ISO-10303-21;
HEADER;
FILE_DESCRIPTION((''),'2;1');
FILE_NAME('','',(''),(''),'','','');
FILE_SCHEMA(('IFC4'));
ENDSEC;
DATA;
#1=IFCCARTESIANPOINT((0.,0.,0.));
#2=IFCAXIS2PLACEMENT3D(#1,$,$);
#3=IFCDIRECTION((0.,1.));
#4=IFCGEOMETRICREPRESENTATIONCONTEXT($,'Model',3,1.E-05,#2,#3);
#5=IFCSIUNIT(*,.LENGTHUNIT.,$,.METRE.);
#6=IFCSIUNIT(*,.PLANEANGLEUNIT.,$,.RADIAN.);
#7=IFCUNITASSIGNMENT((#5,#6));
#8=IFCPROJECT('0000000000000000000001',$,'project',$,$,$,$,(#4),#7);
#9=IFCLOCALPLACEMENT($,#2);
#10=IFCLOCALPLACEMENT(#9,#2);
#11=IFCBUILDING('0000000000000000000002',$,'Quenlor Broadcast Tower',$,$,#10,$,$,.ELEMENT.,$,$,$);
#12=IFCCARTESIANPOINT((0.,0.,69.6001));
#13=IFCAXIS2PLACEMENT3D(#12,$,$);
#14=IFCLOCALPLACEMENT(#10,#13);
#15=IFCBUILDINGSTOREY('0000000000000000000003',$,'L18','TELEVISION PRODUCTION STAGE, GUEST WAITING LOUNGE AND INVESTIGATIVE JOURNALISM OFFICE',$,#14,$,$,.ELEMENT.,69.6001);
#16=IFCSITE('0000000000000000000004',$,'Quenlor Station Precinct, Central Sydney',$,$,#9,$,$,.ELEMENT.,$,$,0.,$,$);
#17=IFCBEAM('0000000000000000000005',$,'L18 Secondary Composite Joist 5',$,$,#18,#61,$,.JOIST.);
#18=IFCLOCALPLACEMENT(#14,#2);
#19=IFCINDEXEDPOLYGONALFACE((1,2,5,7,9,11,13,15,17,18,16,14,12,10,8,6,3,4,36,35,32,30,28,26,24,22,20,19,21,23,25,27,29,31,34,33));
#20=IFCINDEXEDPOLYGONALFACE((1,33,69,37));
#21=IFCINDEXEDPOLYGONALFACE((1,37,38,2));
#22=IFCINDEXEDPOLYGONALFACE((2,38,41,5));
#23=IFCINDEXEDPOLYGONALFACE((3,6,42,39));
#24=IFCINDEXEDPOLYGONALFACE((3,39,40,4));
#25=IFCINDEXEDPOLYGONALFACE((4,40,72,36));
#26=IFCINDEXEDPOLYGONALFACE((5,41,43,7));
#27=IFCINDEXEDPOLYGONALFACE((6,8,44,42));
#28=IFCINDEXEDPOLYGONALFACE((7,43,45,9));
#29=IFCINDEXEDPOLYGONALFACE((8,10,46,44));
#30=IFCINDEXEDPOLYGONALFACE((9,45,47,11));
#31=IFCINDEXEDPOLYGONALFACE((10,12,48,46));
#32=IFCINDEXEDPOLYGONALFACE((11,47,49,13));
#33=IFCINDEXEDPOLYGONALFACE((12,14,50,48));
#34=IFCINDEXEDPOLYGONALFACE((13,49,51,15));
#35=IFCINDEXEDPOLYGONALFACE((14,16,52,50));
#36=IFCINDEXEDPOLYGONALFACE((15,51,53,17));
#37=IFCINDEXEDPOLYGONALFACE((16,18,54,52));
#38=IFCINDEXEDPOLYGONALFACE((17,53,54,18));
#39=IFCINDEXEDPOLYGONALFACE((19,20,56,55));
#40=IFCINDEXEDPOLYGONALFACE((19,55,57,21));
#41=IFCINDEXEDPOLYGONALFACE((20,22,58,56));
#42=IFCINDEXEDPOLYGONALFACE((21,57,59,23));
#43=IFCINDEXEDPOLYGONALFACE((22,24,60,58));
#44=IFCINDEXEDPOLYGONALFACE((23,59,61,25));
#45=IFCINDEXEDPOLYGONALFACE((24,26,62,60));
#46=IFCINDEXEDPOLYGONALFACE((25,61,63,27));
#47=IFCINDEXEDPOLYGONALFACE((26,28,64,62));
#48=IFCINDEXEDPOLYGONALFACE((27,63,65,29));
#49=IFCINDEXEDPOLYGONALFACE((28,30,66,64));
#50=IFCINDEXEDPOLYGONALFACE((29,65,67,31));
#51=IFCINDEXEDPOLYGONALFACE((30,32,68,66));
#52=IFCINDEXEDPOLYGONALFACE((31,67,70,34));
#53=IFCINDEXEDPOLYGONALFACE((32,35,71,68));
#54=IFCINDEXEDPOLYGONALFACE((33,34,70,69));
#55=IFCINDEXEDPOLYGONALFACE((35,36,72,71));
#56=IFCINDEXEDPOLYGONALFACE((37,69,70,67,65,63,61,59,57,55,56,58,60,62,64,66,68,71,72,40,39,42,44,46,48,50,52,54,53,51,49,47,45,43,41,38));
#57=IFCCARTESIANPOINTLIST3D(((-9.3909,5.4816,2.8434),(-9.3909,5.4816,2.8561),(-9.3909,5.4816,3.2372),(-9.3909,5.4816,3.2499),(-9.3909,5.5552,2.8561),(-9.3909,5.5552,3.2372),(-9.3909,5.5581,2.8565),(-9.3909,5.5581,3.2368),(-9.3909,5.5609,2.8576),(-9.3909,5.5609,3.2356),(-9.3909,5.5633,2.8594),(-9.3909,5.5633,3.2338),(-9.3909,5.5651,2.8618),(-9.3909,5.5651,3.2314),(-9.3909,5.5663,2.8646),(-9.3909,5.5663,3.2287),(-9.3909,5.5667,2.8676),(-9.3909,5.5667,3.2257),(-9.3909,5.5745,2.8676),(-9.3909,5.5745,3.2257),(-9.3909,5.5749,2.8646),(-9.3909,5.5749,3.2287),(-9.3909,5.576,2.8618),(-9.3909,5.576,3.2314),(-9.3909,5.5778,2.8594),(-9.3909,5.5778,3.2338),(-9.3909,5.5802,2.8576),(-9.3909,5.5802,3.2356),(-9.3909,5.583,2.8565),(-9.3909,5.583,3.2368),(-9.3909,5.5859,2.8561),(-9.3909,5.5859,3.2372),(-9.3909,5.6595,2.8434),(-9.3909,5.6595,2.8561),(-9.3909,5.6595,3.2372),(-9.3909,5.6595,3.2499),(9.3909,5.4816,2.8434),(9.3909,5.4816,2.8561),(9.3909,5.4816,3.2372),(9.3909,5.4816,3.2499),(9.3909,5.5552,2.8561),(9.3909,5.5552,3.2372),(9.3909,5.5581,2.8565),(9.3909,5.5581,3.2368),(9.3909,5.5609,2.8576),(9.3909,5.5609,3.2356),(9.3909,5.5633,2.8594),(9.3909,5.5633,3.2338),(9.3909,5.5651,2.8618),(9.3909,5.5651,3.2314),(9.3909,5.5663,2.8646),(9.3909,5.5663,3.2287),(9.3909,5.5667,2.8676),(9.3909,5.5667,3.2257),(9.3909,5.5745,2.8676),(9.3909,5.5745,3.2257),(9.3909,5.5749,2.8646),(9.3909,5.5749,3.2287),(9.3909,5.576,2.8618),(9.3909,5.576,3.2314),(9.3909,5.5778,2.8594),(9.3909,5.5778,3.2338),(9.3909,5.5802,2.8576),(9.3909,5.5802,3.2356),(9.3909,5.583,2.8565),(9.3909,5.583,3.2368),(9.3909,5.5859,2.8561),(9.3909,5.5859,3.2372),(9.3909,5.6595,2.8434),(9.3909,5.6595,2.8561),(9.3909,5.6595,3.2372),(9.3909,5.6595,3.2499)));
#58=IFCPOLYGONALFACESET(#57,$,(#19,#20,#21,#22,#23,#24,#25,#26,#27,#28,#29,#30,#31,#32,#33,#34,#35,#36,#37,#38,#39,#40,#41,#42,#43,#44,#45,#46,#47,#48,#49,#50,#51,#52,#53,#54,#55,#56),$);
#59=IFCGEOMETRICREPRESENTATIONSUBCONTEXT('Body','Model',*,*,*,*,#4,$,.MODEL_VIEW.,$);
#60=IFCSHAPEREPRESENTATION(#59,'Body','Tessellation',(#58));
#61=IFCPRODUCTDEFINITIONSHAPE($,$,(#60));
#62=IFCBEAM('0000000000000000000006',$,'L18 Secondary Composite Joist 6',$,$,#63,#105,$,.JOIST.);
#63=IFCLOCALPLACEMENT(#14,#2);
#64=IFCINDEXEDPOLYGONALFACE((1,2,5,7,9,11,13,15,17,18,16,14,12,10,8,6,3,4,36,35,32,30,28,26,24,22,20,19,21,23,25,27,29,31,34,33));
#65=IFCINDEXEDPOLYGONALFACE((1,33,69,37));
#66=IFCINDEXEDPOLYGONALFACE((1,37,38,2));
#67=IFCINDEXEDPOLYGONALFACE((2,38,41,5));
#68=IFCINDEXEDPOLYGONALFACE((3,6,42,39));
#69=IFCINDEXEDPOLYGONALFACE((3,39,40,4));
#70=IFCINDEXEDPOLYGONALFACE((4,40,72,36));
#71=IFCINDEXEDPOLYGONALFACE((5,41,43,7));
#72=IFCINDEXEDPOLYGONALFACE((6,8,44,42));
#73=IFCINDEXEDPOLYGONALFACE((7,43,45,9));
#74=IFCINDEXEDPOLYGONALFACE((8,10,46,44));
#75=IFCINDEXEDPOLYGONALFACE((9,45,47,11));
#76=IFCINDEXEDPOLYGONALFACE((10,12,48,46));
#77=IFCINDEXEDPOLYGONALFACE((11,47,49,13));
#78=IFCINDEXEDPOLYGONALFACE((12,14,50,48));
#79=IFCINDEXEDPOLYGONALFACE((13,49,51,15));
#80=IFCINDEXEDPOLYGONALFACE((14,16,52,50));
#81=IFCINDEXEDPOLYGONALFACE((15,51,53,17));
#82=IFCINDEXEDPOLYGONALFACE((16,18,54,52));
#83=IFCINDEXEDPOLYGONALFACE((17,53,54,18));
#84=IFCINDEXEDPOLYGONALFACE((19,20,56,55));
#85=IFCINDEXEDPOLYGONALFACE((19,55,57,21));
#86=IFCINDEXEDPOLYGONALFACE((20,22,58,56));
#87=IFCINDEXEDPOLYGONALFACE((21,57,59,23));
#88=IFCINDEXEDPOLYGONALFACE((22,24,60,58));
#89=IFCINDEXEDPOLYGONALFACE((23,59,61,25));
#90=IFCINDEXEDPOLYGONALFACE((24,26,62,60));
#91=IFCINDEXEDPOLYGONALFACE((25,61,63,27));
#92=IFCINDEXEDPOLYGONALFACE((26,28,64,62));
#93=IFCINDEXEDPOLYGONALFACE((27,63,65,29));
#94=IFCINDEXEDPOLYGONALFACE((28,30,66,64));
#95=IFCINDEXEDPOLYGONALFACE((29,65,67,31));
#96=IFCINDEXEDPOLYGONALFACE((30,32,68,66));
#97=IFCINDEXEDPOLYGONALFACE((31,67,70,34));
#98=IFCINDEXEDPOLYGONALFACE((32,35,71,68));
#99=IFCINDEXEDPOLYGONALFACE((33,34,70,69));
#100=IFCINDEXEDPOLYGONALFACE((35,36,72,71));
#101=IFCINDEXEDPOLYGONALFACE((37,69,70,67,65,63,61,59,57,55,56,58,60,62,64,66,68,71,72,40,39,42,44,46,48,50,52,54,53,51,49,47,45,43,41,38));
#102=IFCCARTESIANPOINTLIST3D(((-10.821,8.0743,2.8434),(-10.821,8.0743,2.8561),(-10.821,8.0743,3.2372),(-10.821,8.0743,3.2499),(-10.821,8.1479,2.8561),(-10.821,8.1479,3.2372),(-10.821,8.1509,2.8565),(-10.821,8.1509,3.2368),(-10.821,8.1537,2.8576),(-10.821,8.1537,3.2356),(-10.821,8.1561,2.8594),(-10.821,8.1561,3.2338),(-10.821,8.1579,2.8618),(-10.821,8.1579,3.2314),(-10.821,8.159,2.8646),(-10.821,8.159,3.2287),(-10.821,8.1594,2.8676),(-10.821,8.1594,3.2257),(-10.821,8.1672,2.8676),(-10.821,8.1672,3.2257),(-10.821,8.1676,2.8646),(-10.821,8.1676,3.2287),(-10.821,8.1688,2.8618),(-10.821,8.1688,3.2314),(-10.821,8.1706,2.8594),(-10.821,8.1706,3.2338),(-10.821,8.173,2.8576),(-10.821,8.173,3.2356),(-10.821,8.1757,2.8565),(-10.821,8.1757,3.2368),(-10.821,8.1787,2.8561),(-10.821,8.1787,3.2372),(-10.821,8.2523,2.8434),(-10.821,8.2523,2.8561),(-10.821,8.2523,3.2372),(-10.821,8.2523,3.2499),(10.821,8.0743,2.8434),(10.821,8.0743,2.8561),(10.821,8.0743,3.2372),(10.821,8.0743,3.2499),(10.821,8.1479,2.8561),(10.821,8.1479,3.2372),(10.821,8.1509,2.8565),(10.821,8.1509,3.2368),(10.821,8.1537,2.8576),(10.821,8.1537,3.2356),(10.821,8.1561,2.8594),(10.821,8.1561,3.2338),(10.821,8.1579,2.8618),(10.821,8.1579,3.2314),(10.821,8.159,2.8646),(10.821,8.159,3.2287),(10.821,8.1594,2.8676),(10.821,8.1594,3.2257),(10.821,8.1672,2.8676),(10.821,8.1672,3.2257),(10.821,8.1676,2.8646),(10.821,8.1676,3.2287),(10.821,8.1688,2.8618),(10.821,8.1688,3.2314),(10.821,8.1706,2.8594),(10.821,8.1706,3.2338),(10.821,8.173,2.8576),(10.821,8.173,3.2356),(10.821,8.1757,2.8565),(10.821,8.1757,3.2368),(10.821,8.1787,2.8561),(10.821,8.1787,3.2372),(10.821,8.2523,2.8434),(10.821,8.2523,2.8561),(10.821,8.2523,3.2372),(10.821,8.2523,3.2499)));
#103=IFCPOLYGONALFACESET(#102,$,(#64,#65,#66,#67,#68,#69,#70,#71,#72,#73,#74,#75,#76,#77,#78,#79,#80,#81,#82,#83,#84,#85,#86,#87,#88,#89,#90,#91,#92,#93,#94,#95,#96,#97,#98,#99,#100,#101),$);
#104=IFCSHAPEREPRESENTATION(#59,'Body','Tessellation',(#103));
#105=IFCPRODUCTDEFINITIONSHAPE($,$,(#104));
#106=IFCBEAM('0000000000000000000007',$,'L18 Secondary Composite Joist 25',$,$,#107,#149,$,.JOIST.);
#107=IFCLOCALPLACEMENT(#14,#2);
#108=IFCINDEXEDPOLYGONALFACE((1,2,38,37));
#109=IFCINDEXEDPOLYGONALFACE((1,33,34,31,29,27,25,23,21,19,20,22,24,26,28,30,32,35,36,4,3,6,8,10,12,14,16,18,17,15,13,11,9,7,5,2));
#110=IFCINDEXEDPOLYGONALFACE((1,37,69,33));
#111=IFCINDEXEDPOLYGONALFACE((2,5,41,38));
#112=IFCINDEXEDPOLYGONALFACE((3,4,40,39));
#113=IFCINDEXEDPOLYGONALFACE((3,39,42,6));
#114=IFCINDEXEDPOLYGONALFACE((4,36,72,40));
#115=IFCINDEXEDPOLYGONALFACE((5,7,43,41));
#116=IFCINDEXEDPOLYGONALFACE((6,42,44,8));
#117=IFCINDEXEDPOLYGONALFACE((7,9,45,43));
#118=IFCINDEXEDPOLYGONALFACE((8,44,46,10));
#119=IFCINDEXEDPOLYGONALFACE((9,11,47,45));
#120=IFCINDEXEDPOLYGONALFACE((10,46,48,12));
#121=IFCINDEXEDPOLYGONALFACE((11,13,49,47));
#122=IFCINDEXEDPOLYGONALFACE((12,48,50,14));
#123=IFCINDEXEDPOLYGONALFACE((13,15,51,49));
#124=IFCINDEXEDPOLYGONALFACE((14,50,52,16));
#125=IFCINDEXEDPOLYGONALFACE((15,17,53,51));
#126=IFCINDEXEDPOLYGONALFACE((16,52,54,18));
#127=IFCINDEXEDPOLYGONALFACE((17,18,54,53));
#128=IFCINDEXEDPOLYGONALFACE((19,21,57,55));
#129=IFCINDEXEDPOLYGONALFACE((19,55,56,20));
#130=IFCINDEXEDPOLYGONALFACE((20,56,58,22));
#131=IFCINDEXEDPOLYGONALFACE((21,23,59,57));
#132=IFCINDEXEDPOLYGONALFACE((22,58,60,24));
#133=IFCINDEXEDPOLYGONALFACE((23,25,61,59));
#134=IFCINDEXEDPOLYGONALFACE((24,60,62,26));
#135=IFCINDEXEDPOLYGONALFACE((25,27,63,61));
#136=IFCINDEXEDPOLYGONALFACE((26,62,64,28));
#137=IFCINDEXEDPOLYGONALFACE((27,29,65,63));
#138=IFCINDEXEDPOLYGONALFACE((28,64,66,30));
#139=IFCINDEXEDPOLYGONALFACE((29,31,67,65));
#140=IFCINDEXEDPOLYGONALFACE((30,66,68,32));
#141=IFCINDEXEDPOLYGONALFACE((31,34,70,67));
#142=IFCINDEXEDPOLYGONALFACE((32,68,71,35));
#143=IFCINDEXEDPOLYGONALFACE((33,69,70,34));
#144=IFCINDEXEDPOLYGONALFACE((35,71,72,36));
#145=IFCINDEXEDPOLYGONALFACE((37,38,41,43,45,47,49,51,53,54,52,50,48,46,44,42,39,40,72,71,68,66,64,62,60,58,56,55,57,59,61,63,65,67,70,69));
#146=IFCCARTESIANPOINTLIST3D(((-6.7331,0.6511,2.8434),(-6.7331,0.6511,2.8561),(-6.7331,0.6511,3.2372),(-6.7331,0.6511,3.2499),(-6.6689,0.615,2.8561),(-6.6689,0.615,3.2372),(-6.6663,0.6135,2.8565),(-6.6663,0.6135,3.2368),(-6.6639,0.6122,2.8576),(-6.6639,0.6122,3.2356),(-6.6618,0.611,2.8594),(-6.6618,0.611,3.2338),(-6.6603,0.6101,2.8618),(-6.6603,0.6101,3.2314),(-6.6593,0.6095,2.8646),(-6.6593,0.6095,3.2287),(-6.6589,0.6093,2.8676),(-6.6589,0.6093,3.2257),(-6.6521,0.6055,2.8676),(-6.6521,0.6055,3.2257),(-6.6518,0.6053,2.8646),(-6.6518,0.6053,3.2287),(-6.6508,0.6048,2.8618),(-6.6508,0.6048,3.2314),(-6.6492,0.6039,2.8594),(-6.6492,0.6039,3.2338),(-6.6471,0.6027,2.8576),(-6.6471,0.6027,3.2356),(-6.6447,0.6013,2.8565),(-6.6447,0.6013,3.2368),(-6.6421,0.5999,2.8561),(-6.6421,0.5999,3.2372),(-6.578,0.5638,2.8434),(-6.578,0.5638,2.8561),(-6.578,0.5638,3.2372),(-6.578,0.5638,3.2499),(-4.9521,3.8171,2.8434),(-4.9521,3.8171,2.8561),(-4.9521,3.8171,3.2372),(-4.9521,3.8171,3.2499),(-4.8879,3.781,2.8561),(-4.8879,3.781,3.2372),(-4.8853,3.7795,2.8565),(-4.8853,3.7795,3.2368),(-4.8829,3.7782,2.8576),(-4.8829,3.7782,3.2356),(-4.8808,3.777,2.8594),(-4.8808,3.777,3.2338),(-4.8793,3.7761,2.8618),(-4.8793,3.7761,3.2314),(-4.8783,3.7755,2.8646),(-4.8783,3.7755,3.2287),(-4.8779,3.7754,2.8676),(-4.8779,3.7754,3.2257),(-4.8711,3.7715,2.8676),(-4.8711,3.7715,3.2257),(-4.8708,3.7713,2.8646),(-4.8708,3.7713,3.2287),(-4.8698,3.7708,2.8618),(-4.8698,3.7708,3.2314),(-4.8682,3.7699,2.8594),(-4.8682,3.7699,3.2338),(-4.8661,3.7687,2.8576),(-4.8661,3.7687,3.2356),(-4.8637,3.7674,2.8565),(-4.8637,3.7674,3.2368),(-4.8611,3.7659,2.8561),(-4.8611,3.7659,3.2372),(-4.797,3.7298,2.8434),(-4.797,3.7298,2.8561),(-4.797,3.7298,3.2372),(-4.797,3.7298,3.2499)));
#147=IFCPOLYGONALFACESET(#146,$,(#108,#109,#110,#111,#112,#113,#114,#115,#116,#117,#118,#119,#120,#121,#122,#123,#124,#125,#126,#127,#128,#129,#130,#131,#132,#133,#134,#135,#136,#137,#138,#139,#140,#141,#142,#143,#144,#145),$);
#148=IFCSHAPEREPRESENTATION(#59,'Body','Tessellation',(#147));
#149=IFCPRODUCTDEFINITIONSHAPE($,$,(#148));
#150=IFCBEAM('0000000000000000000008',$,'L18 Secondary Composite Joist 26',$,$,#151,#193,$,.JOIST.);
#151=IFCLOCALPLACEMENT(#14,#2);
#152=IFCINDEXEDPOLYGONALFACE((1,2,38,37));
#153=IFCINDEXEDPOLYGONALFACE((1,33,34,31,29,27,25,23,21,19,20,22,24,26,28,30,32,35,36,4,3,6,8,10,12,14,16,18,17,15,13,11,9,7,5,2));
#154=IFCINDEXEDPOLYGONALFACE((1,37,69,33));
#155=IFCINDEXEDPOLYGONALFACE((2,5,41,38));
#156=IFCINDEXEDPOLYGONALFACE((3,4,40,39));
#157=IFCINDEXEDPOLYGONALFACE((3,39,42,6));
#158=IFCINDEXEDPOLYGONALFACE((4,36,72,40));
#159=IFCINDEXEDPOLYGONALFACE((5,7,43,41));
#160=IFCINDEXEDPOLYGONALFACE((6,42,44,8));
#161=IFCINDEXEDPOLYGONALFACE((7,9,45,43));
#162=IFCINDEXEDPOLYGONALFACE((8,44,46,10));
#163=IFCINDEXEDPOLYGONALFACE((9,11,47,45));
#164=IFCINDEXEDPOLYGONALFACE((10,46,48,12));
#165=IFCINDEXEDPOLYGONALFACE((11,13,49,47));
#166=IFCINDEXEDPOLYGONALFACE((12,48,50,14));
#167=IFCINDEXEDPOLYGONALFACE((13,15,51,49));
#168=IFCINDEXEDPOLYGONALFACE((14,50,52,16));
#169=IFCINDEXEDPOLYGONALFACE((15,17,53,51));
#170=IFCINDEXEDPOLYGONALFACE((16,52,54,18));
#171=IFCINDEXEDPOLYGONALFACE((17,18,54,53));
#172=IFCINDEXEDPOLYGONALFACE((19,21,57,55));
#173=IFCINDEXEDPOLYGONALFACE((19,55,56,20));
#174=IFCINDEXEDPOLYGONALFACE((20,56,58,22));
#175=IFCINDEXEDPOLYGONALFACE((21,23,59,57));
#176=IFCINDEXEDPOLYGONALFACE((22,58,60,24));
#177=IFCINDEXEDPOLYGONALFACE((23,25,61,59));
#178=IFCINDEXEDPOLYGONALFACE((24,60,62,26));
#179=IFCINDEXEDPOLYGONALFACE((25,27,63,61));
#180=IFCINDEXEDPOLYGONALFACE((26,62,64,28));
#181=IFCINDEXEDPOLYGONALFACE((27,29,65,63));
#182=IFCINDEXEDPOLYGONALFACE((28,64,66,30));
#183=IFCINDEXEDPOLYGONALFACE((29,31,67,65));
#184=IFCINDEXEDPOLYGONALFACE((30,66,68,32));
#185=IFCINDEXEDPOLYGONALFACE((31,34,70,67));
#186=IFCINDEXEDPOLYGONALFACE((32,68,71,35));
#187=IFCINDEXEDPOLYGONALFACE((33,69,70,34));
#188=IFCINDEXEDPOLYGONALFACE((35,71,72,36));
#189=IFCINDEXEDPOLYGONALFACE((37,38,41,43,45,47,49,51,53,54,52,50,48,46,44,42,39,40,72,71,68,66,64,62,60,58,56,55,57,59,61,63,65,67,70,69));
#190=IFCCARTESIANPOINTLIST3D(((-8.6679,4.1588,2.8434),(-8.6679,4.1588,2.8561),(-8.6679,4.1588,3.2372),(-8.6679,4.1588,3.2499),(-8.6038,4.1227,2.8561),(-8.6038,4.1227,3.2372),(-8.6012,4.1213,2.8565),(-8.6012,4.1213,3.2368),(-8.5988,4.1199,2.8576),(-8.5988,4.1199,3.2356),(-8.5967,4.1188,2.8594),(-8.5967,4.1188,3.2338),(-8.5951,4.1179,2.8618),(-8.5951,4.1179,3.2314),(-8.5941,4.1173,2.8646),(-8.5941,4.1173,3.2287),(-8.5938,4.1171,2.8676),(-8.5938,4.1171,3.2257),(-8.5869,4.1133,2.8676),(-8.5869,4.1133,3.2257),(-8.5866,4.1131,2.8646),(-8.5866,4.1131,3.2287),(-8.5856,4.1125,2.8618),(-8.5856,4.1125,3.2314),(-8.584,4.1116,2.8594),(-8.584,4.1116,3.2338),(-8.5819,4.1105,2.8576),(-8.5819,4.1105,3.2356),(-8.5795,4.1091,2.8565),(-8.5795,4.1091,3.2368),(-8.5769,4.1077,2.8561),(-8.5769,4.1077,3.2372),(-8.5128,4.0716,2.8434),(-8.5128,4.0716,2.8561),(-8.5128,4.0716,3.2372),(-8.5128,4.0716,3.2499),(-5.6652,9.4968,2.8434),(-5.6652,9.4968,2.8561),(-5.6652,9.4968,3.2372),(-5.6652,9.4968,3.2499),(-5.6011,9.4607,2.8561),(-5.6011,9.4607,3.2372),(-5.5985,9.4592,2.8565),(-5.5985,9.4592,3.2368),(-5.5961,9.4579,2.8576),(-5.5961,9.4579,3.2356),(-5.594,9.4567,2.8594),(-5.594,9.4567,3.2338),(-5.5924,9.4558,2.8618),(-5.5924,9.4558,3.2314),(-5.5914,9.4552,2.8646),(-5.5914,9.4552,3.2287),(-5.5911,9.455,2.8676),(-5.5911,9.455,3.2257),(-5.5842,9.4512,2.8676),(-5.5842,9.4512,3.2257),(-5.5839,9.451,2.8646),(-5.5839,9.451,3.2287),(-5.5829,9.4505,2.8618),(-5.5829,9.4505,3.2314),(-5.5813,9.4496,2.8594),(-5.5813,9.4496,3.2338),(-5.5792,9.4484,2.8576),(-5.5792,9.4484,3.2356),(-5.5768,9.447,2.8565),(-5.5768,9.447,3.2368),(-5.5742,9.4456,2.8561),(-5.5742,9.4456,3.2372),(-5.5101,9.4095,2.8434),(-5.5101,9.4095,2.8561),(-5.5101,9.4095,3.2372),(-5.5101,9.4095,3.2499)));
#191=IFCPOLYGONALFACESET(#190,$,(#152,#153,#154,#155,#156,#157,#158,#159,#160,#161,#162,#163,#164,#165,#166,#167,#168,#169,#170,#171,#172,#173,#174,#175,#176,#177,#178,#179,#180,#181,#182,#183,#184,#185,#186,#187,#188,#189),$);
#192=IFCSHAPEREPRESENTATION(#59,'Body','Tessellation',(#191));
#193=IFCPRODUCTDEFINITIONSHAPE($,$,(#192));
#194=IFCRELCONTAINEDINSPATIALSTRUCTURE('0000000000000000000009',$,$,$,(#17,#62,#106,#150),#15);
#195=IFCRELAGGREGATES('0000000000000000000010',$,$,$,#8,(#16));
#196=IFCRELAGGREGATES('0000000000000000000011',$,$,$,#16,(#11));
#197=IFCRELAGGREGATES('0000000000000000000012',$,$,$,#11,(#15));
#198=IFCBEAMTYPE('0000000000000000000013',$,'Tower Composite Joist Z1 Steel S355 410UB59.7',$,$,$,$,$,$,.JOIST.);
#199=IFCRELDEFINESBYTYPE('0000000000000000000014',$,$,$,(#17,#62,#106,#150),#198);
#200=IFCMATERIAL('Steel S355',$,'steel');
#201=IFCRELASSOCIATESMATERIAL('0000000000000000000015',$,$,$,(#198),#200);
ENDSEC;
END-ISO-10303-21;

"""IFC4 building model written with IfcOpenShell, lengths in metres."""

from ifc_helpers import new_model, si_unit, direction, frame, origin, origin_2d, place, context, subcontext, project, spatial, i_section, extrude, material, material_profile, profile_set, type_object, element, save


model = new_model("IFC4")

# Units and contexts
model_context = context("Model", 3, precision=1e-05, world=origin(), true_north=direction((0.0, 1.0)))
body_context = subcontext(model_context, "Body", "Model", "MODEL_VIEW")
ifc_project = project(units=[si_unit("LENGTHUNIT", "METRE"), si_unit("PLANEANGLEUNIT", "RADIAN")], contexts=[model_context])

# Site, building, storey
site_placement = place(None, origin())
site = spatial("IfcSite", under=ifc_project, at=site_placement, Name="Quenlor Station Precinct, Central Sydney", CompositionType="ELEMENT", RefElevation=0.0)
building_placement = place(site_placement, origin())
building = spatial("IfcBuilding", under=site, at=building_placement, Name="Quenlor Broadcast Tower", CompositionType="ELEMENT")
storey_placement = place(building_placement, frame((0.0, 0.0, 69.6001)))
storey = spatial("IfcBuildingStorey", under=building, at=storey_placement, Name="L18", Description="TELEVISION PRODUCTION STAGE, GUEST WAITING LOUNGE AND INVESTIGATIVE JOURNALISM OFFICE", CompositionType="ELEMENT", Elevation=69.6001)

# Beams
ifc_material_1 = material(Name="Steel S355", Category="steel")
ifc_material_profile_1 = material_profile(ifc_material_1, i_section(OverallWidth=0.178, OverallDepth=0.4065, WebThickness=0.0078, FlangeThickness=0.0127, FilletRadius=0.0115, at=origin_2d()))
ifc_profile_set_1 = profile_set([ifc_material_profile_1], Name="Steel S355 410UB59.7")
beam_type_1 = type_object("IfcBeamType", Name="Tower Composite Joist Z1 Steel S355 410UB59.7", PredefinedType="JOIST", material=ifc_profile_set_1)
beam_1_placement = place(storey_placement, frame((-9.3909, 5.5706, 3.0466), z_axis=(1.0, 0.0, 0.0), x_axis=(0.0, 1.0, 0.0)))
element("IfcBeam", 1, at=beam_1_placement, inside=storey, type_object=beam_type_1, Name="L18 Secondary Composite Joist 5", PredefinedType="JOIST", context=body_context, shape_type="SweptSolid", body=[
    extrude(i_section(OverallWidth=0.178, OverallDepth=0.4065, WebThickness=0.0078, FlangeThickness=0.0127, FilletRadius=0.0115, at=origin_2d()), origin(), (0.0, 0.0, 1.0), 18.7817),
])
beam_2_placement = place(storey_placement, frame((-10.821, 8.1633, 3.0466), z_axis=(1.0, 0.0, 0.0), x_axis=(0.0, 1.0, 0.0)))
element("IfcBeam", 2, at=beam_2_placement, inside=storey, type_object=beam_type_1, Name="L18 Secondary Composite Joist 6", PredefinedType="JOIST", context=body_context, shape_type="SweptSolid", body=[
    extrude(i_section(OverallWidth=0.178, OverallDepth=0.4065, WebThickness=0.0078, FlangeThickness=0.0127, FilletRadius=0.0115, at=origin_2d()), origin(), (0.0, 0.0, 1.0), 21.6421),
])
beam_3_placement = place(storey_placement, frame((-4.8745, 3.7734, 3.0466), z_axis=(-0.490287, -0.871561, 0.0), x_axis=(0.871561, -0.490287, 0.0)))
element("IfcBeam", 3, at=beam_3_placement, inside=storey, type_object=beam_type_1, Name="L18 Secondary Composite Joist 25", PredefinedType="JOIST", context=body_context, shape_type="SweptSolid", body=[
    extrude(i_section(OverallWidth=0.178, OverallDepth=0.4065, WebThickness=0.0078, FlangeThickness=0.0127, FilletRadius=0.0115, at=origin_2d()), origin(), (0.0, 0.0, 1.0), 3.6326),
])
beam_4_placement = place(storey_placement, frame((-5.5876, 9.4531, 3.0466), z_axis=(-0.490276, -0.871567, 0.0), x_axis=(0.871567, -0.490276, 0.0)))
element("IfcBeam", 4, at=beam_4_placement, inside=storey, type_object=beam_type_1, Name="L18 Secondary Composite Joist 26", PredefinedType="JOIST", context=body_context, shape_type="SweptSolid", body=[
    extrude(i_section(OverallWidth=0.178, OverallDepth=0.4065, WebThickness=0.0078, FlangeThickness=0.0127, FilletRadius=0.0115, at=origin_2d()), origin(), (0.0, 0.0, 1.0), 6.1245),
])

save(model, "model.ifc")
